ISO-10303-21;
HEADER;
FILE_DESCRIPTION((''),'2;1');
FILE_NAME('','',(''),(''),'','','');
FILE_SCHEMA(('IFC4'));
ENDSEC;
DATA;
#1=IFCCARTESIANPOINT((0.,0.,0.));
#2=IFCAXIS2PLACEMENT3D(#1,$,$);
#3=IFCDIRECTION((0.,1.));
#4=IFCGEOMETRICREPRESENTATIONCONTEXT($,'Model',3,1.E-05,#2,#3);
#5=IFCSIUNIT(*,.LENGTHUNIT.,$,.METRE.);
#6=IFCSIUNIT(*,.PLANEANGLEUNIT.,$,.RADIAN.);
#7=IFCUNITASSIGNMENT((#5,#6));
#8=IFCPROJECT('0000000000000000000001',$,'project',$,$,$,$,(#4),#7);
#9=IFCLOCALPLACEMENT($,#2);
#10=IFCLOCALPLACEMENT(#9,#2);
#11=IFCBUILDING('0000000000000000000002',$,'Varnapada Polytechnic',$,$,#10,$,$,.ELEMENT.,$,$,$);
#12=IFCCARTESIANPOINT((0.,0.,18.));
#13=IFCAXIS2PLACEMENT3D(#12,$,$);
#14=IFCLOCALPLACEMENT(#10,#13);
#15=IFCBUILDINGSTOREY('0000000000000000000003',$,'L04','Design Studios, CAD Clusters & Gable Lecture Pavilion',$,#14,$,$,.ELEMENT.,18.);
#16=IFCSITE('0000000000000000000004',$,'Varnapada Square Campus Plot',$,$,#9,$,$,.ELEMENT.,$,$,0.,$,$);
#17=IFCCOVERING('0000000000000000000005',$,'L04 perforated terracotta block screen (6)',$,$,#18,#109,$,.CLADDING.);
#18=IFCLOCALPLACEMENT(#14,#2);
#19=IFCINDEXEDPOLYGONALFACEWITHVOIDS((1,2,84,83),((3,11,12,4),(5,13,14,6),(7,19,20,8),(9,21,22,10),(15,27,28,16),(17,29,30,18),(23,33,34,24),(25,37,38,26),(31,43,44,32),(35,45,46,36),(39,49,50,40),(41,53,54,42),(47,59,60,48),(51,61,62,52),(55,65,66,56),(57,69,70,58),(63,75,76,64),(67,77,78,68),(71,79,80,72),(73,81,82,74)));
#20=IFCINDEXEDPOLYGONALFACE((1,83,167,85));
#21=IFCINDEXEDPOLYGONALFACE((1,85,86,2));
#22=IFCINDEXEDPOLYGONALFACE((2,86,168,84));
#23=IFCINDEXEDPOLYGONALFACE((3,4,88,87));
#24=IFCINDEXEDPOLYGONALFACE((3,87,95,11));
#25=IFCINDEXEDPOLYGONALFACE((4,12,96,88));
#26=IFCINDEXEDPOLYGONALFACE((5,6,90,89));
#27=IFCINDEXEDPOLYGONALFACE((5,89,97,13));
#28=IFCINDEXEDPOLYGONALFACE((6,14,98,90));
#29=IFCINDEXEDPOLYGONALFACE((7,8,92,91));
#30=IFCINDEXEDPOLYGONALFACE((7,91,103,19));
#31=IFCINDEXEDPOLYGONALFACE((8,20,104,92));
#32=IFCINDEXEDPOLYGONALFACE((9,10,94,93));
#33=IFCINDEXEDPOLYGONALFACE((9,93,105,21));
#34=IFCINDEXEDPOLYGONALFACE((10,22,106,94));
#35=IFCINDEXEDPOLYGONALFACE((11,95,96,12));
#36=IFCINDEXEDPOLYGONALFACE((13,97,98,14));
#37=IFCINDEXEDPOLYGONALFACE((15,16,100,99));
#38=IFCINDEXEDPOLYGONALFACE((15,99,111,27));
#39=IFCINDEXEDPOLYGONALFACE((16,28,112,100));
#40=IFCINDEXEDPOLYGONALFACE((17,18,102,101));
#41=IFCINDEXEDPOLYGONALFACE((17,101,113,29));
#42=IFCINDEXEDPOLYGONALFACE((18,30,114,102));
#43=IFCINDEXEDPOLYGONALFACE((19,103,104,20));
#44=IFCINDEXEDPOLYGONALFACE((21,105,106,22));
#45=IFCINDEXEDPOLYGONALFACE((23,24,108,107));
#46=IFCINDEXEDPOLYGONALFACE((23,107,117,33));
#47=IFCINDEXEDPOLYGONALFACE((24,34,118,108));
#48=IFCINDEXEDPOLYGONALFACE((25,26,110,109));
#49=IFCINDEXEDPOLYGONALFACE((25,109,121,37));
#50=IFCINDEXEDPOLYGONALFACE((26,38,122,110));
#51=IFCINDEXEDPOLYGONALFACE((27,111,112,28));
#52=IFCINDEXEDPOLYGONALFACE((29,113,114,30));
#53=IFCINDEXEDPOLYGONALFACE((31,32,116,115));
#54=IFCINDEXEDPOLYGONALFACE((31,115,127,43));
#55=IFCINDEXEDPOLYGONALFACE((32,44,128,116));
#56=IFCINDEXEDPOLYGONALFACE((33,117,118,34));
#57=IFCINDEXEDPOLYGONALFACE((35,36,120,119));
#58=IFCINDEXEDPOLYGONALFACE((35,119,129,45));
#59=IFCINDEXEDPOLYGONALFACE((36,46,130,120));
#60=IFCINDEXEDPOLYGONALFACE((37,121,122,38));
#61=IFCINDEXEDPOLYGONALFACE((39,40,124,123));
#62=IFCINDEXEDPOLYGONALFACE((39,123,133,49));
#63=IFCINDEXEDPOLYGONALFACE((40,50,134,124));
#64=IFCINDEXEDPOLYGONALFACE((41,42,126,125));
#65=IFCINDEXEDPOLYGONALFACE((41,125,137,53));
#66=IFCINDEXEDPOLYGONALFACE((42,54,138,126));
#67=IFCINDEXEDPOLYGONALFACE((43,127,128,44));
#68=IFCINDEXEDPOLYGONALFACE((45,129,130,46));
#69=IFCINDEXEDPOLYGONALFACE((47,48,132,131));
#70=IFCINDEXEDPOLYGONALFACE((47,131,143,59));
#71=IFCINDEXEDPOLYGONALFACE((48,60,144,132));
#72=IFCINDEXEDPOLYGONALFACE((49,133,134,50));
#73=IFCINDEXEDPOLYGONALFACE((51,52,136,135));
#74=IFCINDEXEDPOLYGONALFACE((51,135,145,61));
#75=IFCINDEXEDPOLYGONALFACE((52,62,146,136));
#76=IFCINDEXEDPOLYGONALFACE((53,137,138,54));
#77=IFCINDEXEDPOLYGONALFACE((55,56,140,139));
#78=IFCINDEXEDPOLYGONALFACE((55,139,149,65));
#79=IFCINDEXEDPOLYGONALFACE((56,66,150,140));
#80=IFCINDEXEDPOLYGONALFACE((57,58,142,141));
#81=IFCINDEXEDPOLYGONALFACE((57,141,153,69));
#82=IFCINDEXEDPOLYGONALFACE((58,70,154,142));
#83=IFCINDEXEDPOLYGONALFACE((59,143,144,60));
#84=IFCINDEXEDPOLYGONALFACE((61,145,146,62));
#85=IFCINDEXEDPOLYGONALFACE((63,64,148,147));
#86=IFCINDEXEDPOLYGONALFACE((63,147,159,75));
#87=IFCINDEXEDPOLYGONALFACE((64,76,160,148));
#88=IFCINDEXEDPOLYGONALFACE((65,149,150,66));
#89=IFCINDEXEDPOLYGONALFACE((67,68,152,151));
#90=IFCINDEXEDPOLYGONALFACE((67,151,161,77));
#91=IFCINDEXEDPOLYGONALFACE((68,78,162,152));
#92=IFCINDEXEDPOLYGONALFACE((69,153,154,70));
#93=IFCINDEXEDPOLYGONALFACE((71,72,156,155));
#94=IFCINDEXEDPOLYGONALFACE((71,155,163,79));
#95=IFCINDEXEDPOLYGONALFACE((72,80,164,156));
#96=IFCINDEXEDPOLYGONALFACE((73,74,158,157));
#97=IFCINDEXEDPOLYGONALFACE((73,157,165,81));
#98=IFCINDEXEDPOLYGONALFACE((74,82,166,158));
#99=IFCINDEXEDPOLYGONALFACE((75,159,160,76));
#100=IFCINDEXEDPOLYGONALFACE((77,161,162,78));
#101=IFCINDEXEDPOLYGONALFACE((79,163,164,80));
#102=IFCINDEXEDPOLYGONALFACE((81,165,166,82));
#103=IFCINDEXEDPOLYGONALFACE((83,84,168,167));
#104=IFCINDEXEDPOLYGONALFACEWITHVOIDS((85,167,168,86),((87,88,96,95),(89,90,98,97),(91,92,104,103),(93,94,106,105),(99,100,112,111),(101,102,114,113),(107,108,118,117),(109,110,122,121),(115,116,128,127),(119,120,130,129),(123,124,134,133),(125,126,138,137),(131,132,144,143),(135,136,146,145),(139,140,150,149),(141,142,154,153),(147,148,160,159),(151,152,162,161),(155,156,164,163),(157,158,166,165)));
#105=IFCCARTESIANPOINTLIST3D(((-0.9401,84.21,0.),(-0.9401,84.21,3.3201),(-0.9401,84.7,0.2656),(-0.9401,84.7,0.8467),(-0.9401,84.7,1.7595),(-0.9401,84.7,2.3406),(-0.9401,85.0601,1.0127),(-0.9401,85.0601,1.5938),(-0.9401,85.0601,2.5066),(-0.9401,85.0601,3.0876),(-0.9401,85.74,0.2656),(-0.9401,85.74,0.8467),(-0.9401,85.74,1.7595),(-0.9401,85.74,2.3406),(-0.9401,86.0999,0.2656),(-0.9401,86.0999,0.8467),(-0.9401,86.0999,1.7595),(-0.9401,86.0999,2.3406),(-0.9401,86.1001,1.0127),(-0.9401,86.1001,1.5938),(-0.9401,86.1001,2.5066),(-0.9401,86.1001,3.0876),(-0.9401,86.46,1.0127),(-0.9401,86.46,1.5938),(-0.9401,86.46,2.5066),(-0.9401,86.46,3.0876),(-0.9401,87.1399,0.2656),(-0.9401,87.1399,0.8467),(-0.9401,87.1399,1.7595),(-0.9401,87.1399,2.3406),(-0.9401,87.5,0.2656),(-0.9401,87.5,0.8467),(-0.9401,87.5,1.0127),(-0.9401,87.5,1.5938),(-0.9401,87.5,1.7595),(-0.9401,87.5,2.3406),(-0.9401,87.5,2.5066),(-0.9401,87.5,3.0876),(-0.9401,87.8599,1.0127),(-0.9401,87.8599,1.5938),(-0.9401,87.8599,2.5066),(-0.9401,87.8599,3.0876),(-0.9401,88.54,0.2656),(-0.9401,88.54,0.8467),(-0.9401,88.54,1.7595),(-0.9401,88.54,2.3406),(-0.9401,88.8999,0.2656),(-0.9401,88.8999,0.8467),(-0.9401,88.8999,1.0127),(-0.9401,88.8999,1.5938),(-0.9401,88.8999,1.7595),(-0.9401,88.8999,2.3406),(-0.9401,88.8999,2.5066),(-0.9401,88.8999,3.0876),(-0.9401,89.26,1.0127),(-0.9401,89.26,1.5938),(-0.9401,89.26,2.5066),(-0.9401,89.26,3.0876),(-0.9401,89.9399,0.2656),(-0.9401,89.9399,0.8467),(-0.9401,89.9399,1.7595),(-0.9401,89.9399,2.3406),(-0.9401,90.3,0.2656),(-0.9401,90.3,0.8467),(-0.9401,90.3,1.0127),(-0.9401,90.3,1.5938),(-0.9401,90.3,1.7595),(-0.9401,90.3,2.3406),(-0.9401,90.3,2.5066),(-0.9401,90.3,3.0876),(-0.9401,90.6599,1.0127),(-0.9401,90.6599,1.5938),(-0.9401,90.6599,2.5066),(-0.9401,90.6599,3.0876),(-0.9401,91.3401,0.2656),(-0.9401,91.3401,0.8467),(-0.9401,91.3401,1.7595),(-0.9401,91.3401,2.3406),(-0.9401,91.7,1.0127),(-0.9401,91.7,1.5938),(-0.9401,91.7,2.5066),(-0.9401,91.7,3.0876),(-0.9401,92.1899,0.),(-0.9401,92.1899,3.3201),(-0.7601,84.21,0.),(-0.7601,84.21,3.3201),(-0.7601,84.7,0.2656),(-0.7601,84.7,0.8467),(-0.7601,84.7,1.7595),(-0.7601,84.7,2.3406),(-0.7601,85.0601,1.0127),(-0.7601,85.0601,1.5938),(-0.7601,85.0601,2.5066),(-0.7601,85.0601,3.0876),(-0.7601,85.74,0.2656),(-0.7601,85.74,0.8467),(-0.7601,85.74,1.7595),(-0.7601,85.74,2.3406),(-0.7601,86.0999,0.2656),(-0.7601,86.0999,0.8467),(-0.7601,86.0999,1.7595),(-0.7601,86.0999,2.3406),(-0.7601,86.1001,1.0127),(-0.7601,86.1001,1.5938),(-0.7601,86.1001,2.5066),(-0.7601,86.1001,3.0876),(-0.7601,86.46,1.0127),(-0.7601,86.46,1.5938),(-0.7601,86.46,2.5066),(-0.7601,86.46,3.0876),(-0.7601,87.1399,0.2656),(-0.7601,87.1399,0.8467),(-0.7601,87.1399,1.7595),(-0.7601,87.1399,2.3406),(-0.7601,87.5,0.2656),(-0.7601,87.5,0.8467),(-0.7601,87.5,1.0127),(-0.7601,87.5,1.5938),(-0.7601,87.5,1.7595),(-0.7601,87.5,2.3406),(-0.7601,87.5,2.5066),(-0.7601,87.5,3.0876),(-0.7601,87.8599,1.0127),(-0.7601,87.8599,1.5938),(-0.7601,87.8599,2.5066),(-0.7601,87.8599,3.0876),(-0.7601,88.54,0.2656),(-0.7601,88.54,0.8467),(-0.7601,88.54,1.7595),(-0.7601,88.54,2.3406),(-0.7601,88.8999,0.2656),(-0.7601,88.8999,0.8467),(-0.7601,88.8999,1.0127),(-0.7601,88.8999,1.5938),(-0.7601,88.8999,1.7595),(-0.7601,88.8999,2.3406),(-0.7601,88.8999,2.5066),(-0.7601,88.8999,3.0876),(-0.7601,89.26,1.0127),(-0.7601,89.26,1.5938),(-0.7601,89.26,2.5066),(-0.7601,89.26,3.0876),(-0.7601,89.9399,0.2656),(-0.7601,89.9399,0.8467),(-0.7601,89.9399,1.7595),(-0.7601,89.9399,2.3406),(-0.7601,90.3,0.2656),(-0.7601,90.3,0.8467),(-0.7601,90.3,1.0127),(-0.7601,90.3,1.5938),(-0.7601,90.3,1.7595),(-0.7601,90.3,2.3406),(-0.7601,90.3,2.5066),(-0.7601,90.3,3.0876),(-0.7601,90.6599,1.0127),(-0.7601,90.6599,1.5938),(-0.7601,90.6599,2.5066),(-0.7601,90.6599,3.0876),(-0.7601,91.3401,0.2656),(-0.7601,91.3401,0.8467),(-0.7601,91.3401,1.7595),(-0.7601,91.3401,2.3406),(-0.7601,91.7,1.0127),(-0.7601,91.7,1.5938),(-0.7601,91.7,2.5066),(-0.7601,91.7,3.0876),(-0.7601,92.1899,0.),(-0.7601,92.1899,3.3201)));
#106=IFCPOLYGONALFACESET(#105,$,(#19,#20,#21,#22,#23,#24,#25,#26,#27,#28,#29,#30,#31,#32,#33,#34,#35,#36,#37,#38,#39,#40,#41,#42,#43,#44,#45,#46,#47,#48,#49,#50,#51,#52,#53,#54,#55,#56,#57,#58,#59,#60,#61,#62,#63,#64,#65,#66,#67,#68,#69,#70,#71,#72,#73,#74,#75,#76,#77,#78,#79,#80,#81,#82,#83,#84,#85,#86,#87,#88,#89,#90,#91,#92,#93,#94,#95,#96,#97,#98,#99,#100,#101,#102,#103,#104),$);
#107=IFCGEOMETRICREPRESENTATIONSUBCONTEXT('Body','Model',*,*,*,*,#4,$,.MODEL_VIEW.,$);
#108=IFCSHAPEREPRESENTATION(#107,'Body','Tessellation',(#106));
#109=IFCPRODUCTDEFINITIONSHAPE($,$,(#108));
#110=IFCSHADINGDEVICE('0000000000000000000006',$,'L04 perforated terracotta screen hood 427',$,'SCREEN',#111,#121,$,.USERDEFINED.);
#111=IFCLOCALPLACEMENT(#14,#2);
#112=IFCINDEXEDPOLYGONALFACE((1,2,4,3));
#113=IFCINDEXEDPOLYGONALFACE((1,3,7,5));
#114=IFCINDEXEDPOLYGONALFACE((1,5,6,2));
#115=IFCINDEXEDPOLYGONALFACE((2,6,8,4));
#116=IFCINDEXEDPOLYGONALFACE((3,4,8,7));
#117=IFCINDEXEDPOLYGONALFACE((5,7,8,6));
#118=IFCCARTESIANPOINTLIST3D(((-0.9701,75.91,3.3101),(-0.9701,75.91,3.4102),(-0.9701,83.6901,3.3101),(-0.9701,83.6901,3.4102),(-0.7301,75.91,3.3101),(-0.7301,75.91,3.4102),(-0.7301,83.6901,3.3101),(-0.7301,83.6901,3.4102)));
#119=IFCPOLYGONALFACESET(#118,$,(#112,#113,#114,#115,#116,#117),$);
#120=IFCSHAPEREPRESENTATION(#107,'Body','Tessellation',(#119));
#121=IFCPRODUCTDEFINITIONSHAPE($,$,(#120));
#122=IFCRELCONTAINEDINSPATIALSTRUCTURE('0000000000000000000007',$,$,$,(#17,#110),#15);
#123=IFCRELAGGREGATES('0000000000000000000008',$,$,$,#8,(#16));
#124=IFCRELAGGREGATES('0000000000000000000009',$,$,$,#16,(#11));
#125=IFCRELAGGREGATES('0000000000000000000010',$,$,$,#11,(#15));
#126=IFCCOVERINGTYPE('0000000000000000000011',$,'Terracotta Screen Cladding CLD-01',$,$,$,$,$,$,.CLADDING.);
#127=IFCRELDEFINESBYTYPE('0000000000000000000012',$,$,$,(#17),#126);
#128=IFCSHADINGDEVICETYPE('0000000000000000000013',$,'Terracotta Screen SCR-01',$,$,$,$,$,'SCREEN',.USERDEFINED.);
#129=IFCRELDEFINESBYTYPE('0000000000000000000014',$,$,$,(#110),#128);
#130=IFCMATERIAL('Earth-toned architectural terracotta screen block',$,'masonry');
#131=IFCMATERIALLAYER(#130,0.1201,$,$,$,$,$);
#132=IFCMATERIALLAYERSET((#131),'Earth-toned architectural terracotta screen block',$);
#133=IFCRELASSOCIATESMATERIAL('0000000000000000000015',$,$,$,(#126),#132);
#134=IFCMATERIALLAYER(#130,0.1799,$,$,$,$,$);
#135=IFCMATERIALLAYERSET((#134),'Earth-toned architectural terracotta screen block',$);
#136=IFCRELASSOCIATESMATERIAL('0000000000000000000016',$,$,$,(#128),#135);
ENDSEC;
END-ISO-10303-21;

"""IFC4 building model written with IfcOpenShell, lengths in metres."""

from ifc_helpers import new_model, si_unit, direction, frame, frame_2d, origin, origin_2d, place, context, subcontext, project, spatial, rectangle, extrude, material, layer, layer_set, type_object, element, save


model = new_model("IFC4")

# Units and contexts
model_context = context("Model", 3, precision=1e-05, world=origin(), true_north=direction((0.0, 1.0)))
body_context = subcontext(model_context, "Body", "Model", "MODEL_VIEW")
ifc_project = project(units=[si_unit("LENGTHUNIT", "METRE"), si_unit("PLANEANGLEUNIT", "RADIAN")], contexts=[model_context])

# Site, building, storey
site_placement = place(None, origin())
site = spatial("IfcSite", under=ifc_project, at=site_placement, Name="Varnapada Square Campus Plot", CompositionType="ELEMENT", RefElevation=0.0)
building_placement = place(site_placement, origin())
building = spatial("IfcBuilding", under=site, at=building_placement, Name="Varnapada Polytechnic", CompositionType="ELEMENT")
storey_placement = place(building_placement, frame((0.0, 0.0, 18.0)))
storey = spatial("IfcBuildingStorey", under=building, at=storey_placement, Name="L04", Description="Design Studios, CAD Clusters & Gable Lecture Pavilion", CompositionType="ELEMENT", Elevation=18.0)

# Covering, openings
ifc_material_1 = material(Name="Earth-toned architectural terracotta screen block", Category="masonry")
ifc_layer_1 = layer(ifc_material_1, 0.1201)
ifc_layer_set_1 = layer_set([ifc_layer_1], Name="Earth-toned architectural terracotta screen block")
covering_type_1 = type_object("IfcCoveringType", Name="Terracotta Screen Cladding CLD-01", PredefinedType="CLADDING", material=ifc_layer_set_1)
covering_1_placement = place(storey_placement, frame((-0.8501, 84.21, 0.0), z_axis=(0.0, 0.0, 1.0), x_axis=(0.0, 1.0, 0.0)))
covering_1 = element("IfcCovering", 1, at=covering_1_placement, inside=storey, type_object=covering_type_1, Name="L04 perforated terracotta block screen (6)", PredefinedType="CLADDING", context=body_context, shape_type="SweptSolid", body=[
    extrude(rectangle(XDim=7.98, YDim=0.1799, at=frame_2d((3.99, 0.0))), origin(), (0.0, 0.0, 1.0), 3.3201),
])
opening_1_placement = place(covering_1_placement, frame((0.49, 0.0, 0.2656)))
element("IfcOpeningElement", 2, at=opening_1_placement, cuts=covering_1, PredefinedType="OPENING", context=body_context, shape_type="SweptSolid", body=[
    extrude(rectangle(XDim=1.04, YDim=0.5811, at=frame_2d((0.52, 0.2905))), frame((0.0, 0.0999, 0.0), z_axis=(0.0, -1.0, 0.0), x_axis=(1.0, 0.0, 0.0)), (0.0, 0.0, 1.0), 0.2),
])
opening_2_placement = place(covering_1_placement, frame((1.8899, 0.0, 0.2656)))
element("IfcOpeningElement", 3, at=opening_2_placement, cuts=covering_1, PredefinedType="OPENING", context=body_context, shape_type="SweptSolid", body=[
    extrude(rectangle(XDim=1.04, YDim=0.5811, at=frame_2d((0.52, 0.2905))), frame((0.0, 0.0999, 0.0), z_axis=(0.0, -1.0, 0.0), x_axis=(1.0, 0.0, 0.0)), (0.0, 0.0, 1.0), 0.2),
])
opening_3_placement = place(covering_1_placement, frame((3.29, 0.0, 0.2656)))
element("IfcOpeningElement", 4, at=opening_3_placement, cuts=covering_1, PredefinedType="OPENING", context=body_context, shape_type="SweptSolid", body=[
    extrude(rectangle(XDim=1.04, YDim=0.5811, at=frame_2d((0.52, 0.2905))), frame((0.0, 0.0999, 0.0), z_axis=(0.0, -1.0, 0.0), x_axis=(1.0, 0.0, 0.0)), (0.0, 0.0, 1.0), 0.2),
])
opening_4_placement = place(covering_1_placement, frame((4.6899, 0.0, 0.2656)))
element("IfcOpeningElement", 5, at=opening_4_placement, cuts=covering_1, PredefinedType="OPENING", context=body_context, shape_type="SweptSolid", body=[
    extrude(rectangle(XDim=1.04, YDim=0.5811, at=frame_2d((0.52, 0.2905))), frame((0.0, 0.0999, 0.0), z_axis=(0.0, -1.0, 0.0), x_axis=(1.0, 0.0, 0.0)), (0.0, 0.0, 1.0), 0.2),
])
opening_5_placement = place(covering_1_placement, frame((6.0901, 0.0, 0.2656)))
element("IfcOpeningElement", 6, at=opening_5_placement, cuts=covering_1, PredefinedType="OPENING", context=body_context, shape_type="SweptSolid", body=[
    extrude(rectangle(XDim=1.04, YDim=0.5811, at=frame_2d((0.52, 0.2905))), frame((0.0, 0.0999, 0.0), z_axis=(0.0, -1.0, 0.0), x_axis=(1.0, 0.0, 0.0)), (0.0, 0.0, 1.0), 0.2),
])
opening_6_placement = place(covering_1_placement, frame((0.8501, 0.0, 1.0127)))
element("IfcOpeningElement", 7, at=opening_6_placement, cuts=covering_1, PredefinedType="OPENING", context=body_context, shape_type="SweptSolid", body=[
    extrude(rectangle(XDim=1.04, YDim=0.5811, at=frame_2d((0.52, 0.2905))), frame((0.0, 0.0999, 0.0), z_axis=(0.0, -1.0, 0.0), x_axis=(1.0, 0.0, 0.0)), (0.0, 0.0, 1.0), 0.2),
])
opening_7_placement = place(covering_1_placement, frame((2.25, 0.0, 1.0127)))
element("IfcOpeningElement", 8, at=opening_7_placement, cuts=covering_1, PredefinedType="OPENING", context=body_context, shape_type="SweptSolid", body=[
    extrude(rectangle(XDim=1.04, YDim=0.5811, at=frame_2d((0.52, 0.2905))), frame((0.0, 0.0999, 0.0), z_axis=(0.0, -1.0, 0.0), x_axis=(1.0, 0.0, 0.0)), (0.0, 0.0, 1.0), 0.2),
])
opening_8_placement = place(covering_1_placement, frame((3.6499, 0.0, 1.0127)))
element("IfcOpeningElement", 9, at=opening_8_placement, cuts=covering_1, PredefinedType="OPENING", context=body_context, shape_type="SweptSolid", body=[
    extrude(rectangle(XDim=1.04, YDim=0.5811, at=frame_2d((0.52, 0.2905))), frame((0.0, 0.0999, 0.0), z_axis=(0.0, -1.0, 0.0), x_axis=(1.0, 0.0, 0.0)), (0.0, 0.0, 1.0), 0.2),
])
opening_9_placement = place(covering_1_placement, frame((5.05, 0.0, 1.0127)))
element("IfcOpeningElement", 10, at=opening_9_placement, cuts=covering_1, PredefinedType="OPENING", context=body_context, shape_type="SweptSolid", body=[
    extrude(rectangle(XDim=1.04, YDim=0.5811, at=frame_2d((0.52, 0.2905))), frame((0.0, 0.0999, 0.0), z_axis=(0.0, -1.0, 0.0), x_axis=(1.0, 0.0, 0.0)), (0.0, 0.0, 1.0), 0.2),
])
opening_10_placement = place(covering_1_placement, frame((6.45, 0.0, 1.0127)))
element("IfcOpeningElement", 11, at=opening_10_placement, cuts=covering_1, PredefinedType="OPENING", context=body_context, shape_type="SweptSolid", body=[
    extrude(rectangle(XDim=1.04, YDim=0.5811, at=frame_2d((0.52, 0.2905))), frame((0.0, 0.0999, 0.0), z_axis=(0.0, -1.0, 0.0), x_axis=(1.0, 0.0, 0.0)), (0.0, 0.0, 1.0), 0.2),
])
opening_11_placement = place(covering_1_placement, frame((0.49, 0.0, 1.7595)))
element("IfcOpeningElement", 12, at=opening_11_placement, cuts=covering_1, PredefinedType="OPENING", context=body_context, shape_type="SweptSolid", body=[
    extrude(rectangle(XDim=1.04, YDim=0.5811, at=frame_2d((0.52, 0.2905))), frame((0.0, 0.0999, 0.0), z_axis=(0.0, -1.0, 0.0), x_axis=(1.0, 0.0, 0.0)), (0.0, 0.0, 1.0), 0.2),
])
opening_12_placement = place(covering_1_placement, frame((1.8899, 0.0, 1.7595)))
element("IfcOpeningElement", 13, at=opening_12_placement, cuts=covering_1, PredefinedType="OPENING", context=body_context, shape_type="SweptSolid", body=[
    extrude(rectangle(XDim=1.04, YDim=0.5811, at=frame_2d((0.52, 0.2905))), frame((0.0, 0.0999, 0.0), z_axis=(0.0, -1.0, 0.0), x_axis=(1.0, 0.0, 0.0)), (0.0, 0.0, 1.0), 0.2),
])
opening_13_placement = place(covering_1_placement, frame((3.29, 0.0, 1.7595)))
element("IfcOpeningElement", 14, at=opening_13_placement, cuts=covering_1, PredefinedType="OPENING", context=body_context, shape_type="SweptSolid", body=[
    extrude(rectangle(XDim=1.04, YDim=0.5811, at=frame_2d((0.52, 0.2905))), frame((0.0, 0.0999, 0.0), z_axis=(0.0, -1.0, 0.0), x_axis=(1.0, 0.0, 0.0)), (0.0, 0.0, 1.0), 0.2),
])
opening_14_placement = place(covering_1_placement, frame((4.6899, 0.0, 1.7595)))
element("IfcOpeningElement", 15, at=opening_14_placement, cuts=covering_1, PredefinedType="OPENING", context=body_context, shape_type="SweptSolid", body=[
    extrude(rectangle(XDim=1.04, YDim=0.5811, at=frame_2d((0.52, 0.2905))), frame((0.0, 0.0999, 0.0), z_axis=(0.0, -1.0, 0.0), x_axis=(1.0, 0.0, 0.0)), (0.0, 0.0, 1.0), 0.2),
])
opening_15_placement = place(covering_1_placement, frame((6.0901, 0.0, 1.7595)))
element("IfcOpeningElement", 16, at=opening_15_placement, cuts=covering_1, PredefinedType="OPENING", context=body_context, shape_type="SweptSolid", body=[
    extrude(rectangle(XDim=1.04, YDim=0.5811, at=frame_2d((0.52, 0.2905))), frame((0.0, 0.0999, 0.0), z_axis=(0.0, -1.0, 0.0), x_axis=(1.0, 0.0, 0.0)), (0.0, 0.0, 1.0), 0.2),
])
opening_16_placement = place(covering_1_placement, frame((0.8501, 0.0, 2.5066)))
element("IfcOpeningElement", 17, at=opening_16_placement, cuts=covering_1, PredefinedType="OPENING", context=body_context, shape_type="SweptSolid", body=[
    extrude(rectangle(XDim=1.04, YDim=0.5811, at=frame_2d((0.52, 0.2905))), frame((0.0, 0.0999, 0.0), z_axis=(0.0, -1.0, 0.0), x_axis=(1.0, 0.0, 0.0)), (0.0, 0.0, 1.0), 0.2),
])
opening_17_placement = place(covering_1_placement, frame((2.25, 0.0, 2.5066)))
element("IfcOpeningElement", 18, at=opening_17_placement, cuts=covering_1, PredefinedType="OPENING", context=body_context, shape_type="SweptSolid", body=[
    extrude(rectangle(XDim=1.04, YDim=0.5811, at=frame_2d((0.52, 0.2905))), frame((0.0, 0.0999, 0.0), z_axis=(0.0, -1.0, 0.0), x_axis=(1.0, 0.0, 0.0)), (0.0, 0.0, 1.0), 0.2),
])
opening_18_placement = place(covering_1_placement, frame((3.6499, 0.0, 2.5066)))
element("IfcOpeningElement", 19, at=opening_18_placement, cuts=covering_1, PredefinedType="OPENING", context=body_context, shape_type="SweptSolid", body=[
    extrude(rectangle(XDim=1.04, YDim=0.5811, at=frame_2d((0.52, 0.2905))), frame((0.0, 0.0999, 0.0), z_axis=(0.0, -1.0, 0.0), x_axis=(1.0, 0.0, 0.0)), (0.0, 0.0, 1.0), 0.2),
])
opening_19_placement = place(covering_1_placement, frame((5.05, 0.0, 2.5066)))
element("IfcOpeningElement", 20, at=opening_19_placement, cuts=covering_1, PredefinedType="OPENING", context=body_context, shape_type="SweptSolid", body=[
    extrude(rectangle(XDim=1.04, YDim=0.5811, at=frame_2d((0.52, 0.2905))), frame((0.0, 0.0999, 0.0), z_axis=(0.0, -1.0, 0.0), x_axis=(1.0, 0.0, 0.0)), (0.0, 0.0, 1.0), 0.2),
])
opening_20_placement = place(covering_1_placement, frame((6.45, 0.0, 2.5066)))
element("IfcOpeningElement", 21, at=opening_20_placement, cuts=covering_1, PredefinedType="OPENING", context=body_context, shape_type="SweptSolid", body=[
    extrude(rectangle(XDim=1.04, YDim=0.5811, at=frame_2d((0.52, 0.2905))), frame((0.0, 0.0999, 0.0), z_axis=(0.0, -1.0, 0.0), x_axis=(1.0, 0.0, 0.0)), (0.0, 0.0, 1.0), 0.2),
])

# Shading device
ifc_layer_2 = layer(ifc_material_1, 0.1799)
ifc_layer_set_2 = layer_set([ifc_layer_2], Name="Earth-toned architectural terracotta screen block")
shading_device_type = type_object("IfcShadingDeviceType", Name="Terracotta Screen SCR-01", ElementType="SCREEN", PredefinedType="USERDEFINED", material=ifc_layer_set_2)
for number, where, z_axis, x_axis, name in (
    (22, (-0.8501, 79.8, 3.3101), (0.0, 0.0, 1.0), (0.0, 1.0, 0.0), "L04 perforated terracotta screen hood 427"),
):
    element("IfcShadingDevice", number, at=place(storey_placement, frame(where, z_axis=z_axis, x_axis=x_axis)), inside=storey, type_object=shading_device_type, Name=name, ObjectType="SCREEN", PredefinedType="USERDEFINED", context=body_context, shape_type="SweptSolid", body=[
        extrude(rectangle(XDim=7.78, YDim=0.24, at=origin_2d()), origin(), (0.0, 0.0, 1.0), 0.1001),
    ])

save(model, "model.ifc")
